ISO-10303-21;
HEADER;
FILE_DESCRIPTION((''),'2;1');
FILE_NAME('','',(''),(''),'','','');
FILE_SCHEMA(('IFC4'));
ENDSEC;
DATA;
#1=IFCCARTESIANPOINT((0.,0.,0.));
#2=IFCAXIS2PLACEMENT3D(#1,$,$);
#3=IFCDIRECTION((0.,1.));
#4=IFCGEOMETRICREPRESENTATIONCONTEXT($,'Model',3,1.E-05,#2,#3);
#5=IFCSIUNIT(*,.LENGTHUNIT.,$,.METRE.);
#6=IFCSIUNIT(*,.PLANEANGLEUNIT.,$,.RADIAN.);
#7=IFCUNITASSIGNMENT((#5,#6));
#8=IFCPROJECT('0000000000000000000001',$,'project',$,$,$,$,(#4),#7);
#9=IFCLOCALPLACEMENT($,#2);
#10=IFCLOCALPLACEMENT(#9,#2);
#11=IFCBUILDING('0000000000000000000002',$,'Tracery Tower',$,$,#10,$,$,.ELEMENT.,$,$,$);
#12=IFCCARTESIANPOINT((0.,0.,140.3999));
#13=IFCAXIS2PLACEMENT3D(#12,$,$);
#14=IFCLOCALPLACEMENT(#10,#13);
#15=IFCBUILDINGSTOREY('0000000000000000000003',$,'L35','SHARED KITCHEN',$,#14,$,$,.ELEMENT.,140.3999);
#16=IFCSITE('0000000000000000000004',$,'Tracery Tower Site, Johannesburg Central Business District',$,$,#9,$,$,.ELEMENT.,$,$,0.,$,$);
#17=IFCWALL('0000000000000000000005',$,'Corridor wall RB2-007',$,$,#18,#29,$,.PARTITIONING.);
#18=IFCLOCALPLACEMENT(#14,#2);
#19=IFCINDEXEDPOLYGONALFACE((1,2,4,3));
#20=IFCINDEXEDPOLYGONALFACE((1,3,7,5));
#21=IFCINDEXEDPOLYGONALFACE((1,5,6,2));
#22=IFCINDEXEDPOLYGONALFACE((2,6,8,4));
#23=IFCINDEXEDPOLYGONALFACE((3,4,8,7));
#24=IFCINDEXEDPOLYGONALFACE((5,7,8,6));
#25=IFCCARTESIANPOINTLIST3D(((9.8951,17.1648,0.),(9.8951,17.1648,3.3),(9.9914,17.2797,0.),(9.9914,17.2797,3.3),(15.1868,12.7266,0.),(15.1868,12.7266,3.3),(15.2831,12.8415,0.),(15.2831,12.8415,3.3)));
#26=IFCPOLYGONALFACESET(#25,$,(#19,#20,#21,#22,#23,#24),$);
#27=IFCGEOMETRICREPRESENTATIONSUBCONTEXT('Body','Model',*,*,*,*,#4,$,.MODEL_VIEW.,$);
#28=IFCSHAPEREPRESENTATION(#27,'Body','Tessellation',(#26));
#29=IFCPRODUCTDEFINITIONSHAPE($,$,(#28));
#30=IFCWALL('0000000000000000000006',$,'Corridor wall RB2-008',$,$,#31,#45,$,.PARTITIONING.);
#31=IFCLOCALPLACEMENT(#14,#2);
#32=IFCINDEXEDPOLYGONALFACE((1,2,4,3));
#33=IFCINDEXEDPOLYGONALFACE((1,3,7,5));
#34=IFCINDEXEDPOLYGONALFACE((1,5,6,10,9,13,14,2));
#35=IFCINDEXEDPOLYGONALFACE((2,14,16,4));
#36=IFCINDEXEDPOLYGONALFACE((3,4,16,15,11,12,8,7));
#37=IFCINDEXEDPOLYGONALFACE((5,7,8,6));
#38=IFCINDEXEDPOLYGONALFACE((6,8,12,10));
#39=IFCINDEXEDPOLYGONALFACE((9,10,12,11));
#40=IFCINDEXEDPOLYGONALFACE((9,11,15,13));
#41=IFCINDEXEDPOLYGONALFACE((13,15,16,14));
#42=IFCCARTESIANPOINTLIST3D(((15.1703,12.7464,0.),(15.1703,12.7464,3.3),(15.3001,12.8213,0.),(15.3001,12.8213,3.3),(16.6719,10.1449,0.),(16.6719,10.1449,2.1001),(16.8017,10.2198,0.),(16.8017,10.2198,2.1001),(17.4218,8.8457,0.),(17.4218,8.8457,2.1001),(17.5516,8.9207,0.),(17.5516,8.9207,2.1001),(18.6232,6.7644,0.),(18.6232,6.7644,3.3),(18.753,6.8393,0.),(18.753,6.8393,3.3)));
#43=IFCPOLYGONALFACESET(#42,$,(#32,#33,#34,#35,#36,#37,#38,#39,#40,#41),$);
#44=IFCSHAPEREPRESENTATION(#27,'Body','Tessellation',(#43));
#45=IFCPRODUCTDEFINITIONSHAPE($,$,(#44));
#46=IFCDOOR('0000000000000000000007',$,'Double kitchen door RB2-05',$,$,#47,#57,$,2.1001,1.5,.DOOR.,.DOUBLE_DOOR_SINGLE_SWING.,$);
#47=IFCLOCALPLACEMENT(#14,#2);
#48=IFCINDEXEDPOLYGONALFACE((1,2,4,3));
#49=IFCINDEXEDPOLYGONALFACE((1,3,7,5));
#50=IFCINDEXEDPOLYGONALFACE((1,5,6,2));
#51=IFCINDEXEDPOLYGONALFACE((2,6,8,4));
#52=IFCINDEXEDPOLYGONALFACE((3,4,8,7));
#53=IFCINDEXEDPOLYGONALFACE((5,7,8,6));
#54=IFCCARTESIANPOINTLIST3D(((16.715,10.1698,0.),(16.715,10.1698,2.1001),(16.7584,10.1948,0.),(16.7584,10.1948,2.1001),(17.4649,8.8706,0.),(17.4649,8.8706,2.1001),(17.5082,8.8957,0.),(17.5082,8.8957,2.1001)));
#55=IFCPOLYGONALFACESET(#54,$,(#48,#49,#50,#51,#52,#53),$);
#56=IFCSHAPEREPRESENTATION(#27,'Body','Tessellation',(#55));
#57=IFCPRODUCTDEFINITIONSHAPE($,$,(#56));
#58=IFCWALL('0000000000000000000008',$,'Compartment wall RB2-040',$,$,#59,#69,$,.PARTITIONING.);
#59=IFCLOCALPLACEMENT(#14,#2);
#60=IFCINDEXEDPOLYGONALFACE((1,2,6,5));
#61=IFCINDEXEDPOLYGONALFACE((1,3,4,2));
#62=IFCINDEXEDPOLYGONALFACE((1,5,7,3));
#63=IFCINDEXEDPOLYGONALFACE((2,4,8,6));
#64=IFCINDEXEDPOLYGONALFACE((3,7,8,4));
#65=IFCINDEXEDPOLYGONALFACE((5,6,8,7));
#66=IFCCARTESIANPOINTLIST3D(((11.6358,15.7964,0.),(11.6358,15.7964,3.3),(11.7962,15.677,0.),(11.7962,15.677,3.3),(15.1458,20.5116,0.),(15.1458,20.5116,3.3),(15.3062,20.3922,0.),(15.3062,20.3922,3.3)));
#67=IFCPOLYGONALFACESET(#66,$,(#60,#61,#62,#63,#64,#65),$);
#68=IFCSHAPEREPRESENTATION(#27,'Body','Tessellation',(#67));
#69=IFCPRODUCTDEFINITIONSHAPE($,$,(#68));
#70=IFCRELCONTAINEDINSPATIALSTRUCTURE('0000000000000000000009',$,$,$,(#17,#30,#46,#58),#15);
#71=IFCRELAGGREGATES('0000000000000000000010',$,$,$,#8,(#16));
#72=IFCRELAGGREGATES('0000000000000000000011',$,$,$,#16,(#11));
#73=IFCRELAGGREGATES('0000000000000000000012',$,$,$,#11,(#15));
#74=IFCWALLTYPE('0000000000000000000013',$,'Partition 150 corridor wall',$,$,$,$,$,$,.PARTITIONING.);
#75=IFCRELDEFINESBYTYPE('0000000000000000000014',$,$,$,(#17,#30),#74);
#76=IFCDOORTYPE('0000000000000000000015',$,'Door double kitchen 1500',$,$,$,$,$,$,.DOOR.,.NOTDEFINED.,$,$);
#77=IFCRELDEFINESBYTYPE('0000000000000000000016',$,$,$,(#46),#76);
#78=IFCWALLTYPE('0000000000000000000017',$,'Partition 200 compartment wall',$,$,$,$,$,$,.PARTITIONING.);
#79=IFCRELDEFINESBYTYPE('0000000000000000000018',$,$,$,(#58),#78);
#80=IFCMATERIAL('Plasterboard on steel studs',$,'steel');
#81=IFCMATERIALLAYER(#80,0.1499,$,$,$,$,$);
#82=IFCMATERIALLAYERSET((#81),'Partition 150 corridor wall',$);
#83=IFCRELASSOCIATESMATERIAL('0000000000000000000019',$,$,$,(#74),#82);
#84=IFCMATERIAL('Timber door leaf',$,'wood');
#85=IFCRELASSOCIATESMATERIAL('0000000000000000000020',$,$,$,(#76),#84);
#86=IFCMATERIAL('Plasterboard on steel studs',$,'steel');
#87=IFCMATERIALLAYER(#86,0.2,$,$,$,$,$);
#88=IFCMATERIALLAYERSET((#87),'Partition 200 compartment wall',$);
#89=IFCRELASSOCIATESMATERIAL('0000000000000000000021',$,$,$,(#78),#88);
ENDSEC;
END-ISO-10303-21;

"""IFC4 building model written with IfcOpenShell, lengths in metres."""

from ifc_helpers import new_model, si_unit, direction, frame, frame_2d, origin, place, context, subcontext, project, spatial, rectangle, extrude, material, layer, layer_set, type_object, element, fill, save


model = new_model("IFC4")

# Units and contexts
model_context = context("Model", 3, precision=1e-05, world=origin(), true_north=direction((0.0, 1.0)))
body_context = subcontext(model_context, "Body", "Model", "MODEL_VIEW")
ifc_project = project(units=[si_unit("LENGTHUNIT", "METRE"), si_unit("PLANEANGLEUNIT", "RADIAN")], contexts=[model_context])

# Site, building, storey
site_placement = place(None, origin())
site = spatial("IfcSite", under=ifc_project, at=site_placement, Name="Tracery Tower Site, Johannesburg Central Business District", CompositionType="ELEMENT", RefElevation=0.0)
building_placement = place(site_placement, origin())
building = spatial("IfcBuilding", under=site, at=building_placement, Name="Tracery Tower", CompositionType="ELEMENT")
storey_placement = place(building_placement, frame((0.0, 0.0, 140.3999)))
storey = spatial("IfcBuildingStorey", under=building, at=storey_placement, Name="L35", Description="SHARED KITCHEN", CompositionType="ELEMENT", Elevation=140.3999)

# Wall
ifc_material_1 = material(Name="Plasterboard on steel studs", Category="steel")
ifc_layer_1 = layer(ifc_material_1, 0.1499)
ifc_layer_set_1 = layer_set([ifc_layer_1], Name="Partition 150 corridor wall")
wall_type_1 = type_object("IfcWallType", Name="Partition 150 corridor wall", PredefinedType="PARTITIONING", material=ifc_layer_set_1)
wall_1_placement = place(storey_placement, frame((9.9434, 17.2222, 0.0), z_axis=(0.0, 0.0, 1.0), x_axis=(0.766192, -0.642612, 0.0)))
element("IfcWall", 1, at=wall_1_placement, inside=storey, type_object=wall_type_1, Name="Corridor wall RB2-007", PredefinedType="PARTITIONING", context=body_context, shape_type="SweptSolid", body=[
    extrude(rectangle(XDim=6.9065, YDim=0.1499, at=frame_2d((3.4531, 0.0))), origin(), (0.0, 0.0, 1.0), 3.3),
])

# Wall, opening, door
wall_2_placement = place(storey_placement, frame((15.2351, 12.7839, 0.0), z_axis=(0.0, 0.0, 1.0), x_axis=(0.499914, -0.866075, 0.0)))
wall_2 = element("IfcWall", 2, at=wall_2_placement, inside=storey, type_object=wall_type_1, Name="Corridor wall RB2-008", PredefinedType="PARTITIONING", context=body_context, shape_type="SweptSolid", body=[
    extrude(rectangle(XDim=6.907, YDim=0.1499, at=frame_2d((3.4536, 0.0))), origin(), (0.0, 0.0, 1.0), 3.3),
])
opening_1_placement = place(wall_2_placement, frame((3.0039, 0.0, 0.0)))
opening_1 = element("IfcOpeningElement", 3, at=opening_1_placement, cuts=wall_2, PredefinedType="OPENING", context=body_context, shape_type="SweptSolid", body=[
    extrude(rectangle(XDim=1.5, YDim=2.1001, at=frame_2d((0.75, 1.05))), frame((0.0, 0.075, 0.0), z_axis=(0.0, -1.0, 0.0), x_axis=(1.0, 0.0, 0.0)), (0.0, 0.0, 1.0), 0.1499),
])
ifc_material_2 = material(Name="Timber door leaf", Category="wood")
door_type_1 = type_object("IfcDoorType", Name="Door double kitchen 1500", OperationType="NOTDEFINED", PredefinedType="DOOR", material=ifc_material_2)
door_1_placement = place(opening_1_placement, origin())
door_1 = element("IfcDoor", 4, at=door_1_placement, inside=storey, type_object=door_type_1, Name="Double kitchen door RB2-05", OperationType="DOUBLE_DOOR_SINGLE_SWING", OverallHeight=2.1001, OverallWidth=1.5, PredefinedType="DOOR", context=body_context, shape_type="SweptSolid", body=[
    extrude(rectangle(XDim=1.5, YDim=2.1001, at=frame_2d((0.75, 1.05))), frame((0.0, 0.0249, 0.0), z_axis=(0.0, -1.0, 0.0), x_axis=(1.0, 0.0, 0.0)), (0.0, 0.0, 1.0), 0.05),
])
fill(opening_1, door_1)

# Wall
ifc_material_3 = material(Name="Plasterboard on steel studs", Category="steel")
ifc_layer_2 = layer(ifc_material_3, 0.2)
ifc_layer_set_2 = layer_set([ifc_layer_2], Name="Partition 200 compartment wall")
wall_type_2 = type_object("IfcWallType", Name="Partition 200 compartment wall", PredefinedType="PARTITIONING", material=ifc_layer_set_2)
wall_3_placement = place(storey_placement, frame((11.7161, 15.7368, 0.0), z_axis=(0.0, 0.0, 1.0), x_axis=(0.597132, 0.802143, 0.0)))
element("IfcWall", 5, at=wall_3_placement, inside=storey, type_object=wall_type_2, Name="Compartment wall RB2-040", PredefinedType="PARTITIONING", context=body_context, shape_type="SweptSolid", body=[
    extrude(rectangle(XDim=5.8782, YDim=0.2, at=frame_2d((2.939, 0.0))), origin(), (0.0, 0.0, 1.0), 3.3),
])

save(model, "model.ifc")
